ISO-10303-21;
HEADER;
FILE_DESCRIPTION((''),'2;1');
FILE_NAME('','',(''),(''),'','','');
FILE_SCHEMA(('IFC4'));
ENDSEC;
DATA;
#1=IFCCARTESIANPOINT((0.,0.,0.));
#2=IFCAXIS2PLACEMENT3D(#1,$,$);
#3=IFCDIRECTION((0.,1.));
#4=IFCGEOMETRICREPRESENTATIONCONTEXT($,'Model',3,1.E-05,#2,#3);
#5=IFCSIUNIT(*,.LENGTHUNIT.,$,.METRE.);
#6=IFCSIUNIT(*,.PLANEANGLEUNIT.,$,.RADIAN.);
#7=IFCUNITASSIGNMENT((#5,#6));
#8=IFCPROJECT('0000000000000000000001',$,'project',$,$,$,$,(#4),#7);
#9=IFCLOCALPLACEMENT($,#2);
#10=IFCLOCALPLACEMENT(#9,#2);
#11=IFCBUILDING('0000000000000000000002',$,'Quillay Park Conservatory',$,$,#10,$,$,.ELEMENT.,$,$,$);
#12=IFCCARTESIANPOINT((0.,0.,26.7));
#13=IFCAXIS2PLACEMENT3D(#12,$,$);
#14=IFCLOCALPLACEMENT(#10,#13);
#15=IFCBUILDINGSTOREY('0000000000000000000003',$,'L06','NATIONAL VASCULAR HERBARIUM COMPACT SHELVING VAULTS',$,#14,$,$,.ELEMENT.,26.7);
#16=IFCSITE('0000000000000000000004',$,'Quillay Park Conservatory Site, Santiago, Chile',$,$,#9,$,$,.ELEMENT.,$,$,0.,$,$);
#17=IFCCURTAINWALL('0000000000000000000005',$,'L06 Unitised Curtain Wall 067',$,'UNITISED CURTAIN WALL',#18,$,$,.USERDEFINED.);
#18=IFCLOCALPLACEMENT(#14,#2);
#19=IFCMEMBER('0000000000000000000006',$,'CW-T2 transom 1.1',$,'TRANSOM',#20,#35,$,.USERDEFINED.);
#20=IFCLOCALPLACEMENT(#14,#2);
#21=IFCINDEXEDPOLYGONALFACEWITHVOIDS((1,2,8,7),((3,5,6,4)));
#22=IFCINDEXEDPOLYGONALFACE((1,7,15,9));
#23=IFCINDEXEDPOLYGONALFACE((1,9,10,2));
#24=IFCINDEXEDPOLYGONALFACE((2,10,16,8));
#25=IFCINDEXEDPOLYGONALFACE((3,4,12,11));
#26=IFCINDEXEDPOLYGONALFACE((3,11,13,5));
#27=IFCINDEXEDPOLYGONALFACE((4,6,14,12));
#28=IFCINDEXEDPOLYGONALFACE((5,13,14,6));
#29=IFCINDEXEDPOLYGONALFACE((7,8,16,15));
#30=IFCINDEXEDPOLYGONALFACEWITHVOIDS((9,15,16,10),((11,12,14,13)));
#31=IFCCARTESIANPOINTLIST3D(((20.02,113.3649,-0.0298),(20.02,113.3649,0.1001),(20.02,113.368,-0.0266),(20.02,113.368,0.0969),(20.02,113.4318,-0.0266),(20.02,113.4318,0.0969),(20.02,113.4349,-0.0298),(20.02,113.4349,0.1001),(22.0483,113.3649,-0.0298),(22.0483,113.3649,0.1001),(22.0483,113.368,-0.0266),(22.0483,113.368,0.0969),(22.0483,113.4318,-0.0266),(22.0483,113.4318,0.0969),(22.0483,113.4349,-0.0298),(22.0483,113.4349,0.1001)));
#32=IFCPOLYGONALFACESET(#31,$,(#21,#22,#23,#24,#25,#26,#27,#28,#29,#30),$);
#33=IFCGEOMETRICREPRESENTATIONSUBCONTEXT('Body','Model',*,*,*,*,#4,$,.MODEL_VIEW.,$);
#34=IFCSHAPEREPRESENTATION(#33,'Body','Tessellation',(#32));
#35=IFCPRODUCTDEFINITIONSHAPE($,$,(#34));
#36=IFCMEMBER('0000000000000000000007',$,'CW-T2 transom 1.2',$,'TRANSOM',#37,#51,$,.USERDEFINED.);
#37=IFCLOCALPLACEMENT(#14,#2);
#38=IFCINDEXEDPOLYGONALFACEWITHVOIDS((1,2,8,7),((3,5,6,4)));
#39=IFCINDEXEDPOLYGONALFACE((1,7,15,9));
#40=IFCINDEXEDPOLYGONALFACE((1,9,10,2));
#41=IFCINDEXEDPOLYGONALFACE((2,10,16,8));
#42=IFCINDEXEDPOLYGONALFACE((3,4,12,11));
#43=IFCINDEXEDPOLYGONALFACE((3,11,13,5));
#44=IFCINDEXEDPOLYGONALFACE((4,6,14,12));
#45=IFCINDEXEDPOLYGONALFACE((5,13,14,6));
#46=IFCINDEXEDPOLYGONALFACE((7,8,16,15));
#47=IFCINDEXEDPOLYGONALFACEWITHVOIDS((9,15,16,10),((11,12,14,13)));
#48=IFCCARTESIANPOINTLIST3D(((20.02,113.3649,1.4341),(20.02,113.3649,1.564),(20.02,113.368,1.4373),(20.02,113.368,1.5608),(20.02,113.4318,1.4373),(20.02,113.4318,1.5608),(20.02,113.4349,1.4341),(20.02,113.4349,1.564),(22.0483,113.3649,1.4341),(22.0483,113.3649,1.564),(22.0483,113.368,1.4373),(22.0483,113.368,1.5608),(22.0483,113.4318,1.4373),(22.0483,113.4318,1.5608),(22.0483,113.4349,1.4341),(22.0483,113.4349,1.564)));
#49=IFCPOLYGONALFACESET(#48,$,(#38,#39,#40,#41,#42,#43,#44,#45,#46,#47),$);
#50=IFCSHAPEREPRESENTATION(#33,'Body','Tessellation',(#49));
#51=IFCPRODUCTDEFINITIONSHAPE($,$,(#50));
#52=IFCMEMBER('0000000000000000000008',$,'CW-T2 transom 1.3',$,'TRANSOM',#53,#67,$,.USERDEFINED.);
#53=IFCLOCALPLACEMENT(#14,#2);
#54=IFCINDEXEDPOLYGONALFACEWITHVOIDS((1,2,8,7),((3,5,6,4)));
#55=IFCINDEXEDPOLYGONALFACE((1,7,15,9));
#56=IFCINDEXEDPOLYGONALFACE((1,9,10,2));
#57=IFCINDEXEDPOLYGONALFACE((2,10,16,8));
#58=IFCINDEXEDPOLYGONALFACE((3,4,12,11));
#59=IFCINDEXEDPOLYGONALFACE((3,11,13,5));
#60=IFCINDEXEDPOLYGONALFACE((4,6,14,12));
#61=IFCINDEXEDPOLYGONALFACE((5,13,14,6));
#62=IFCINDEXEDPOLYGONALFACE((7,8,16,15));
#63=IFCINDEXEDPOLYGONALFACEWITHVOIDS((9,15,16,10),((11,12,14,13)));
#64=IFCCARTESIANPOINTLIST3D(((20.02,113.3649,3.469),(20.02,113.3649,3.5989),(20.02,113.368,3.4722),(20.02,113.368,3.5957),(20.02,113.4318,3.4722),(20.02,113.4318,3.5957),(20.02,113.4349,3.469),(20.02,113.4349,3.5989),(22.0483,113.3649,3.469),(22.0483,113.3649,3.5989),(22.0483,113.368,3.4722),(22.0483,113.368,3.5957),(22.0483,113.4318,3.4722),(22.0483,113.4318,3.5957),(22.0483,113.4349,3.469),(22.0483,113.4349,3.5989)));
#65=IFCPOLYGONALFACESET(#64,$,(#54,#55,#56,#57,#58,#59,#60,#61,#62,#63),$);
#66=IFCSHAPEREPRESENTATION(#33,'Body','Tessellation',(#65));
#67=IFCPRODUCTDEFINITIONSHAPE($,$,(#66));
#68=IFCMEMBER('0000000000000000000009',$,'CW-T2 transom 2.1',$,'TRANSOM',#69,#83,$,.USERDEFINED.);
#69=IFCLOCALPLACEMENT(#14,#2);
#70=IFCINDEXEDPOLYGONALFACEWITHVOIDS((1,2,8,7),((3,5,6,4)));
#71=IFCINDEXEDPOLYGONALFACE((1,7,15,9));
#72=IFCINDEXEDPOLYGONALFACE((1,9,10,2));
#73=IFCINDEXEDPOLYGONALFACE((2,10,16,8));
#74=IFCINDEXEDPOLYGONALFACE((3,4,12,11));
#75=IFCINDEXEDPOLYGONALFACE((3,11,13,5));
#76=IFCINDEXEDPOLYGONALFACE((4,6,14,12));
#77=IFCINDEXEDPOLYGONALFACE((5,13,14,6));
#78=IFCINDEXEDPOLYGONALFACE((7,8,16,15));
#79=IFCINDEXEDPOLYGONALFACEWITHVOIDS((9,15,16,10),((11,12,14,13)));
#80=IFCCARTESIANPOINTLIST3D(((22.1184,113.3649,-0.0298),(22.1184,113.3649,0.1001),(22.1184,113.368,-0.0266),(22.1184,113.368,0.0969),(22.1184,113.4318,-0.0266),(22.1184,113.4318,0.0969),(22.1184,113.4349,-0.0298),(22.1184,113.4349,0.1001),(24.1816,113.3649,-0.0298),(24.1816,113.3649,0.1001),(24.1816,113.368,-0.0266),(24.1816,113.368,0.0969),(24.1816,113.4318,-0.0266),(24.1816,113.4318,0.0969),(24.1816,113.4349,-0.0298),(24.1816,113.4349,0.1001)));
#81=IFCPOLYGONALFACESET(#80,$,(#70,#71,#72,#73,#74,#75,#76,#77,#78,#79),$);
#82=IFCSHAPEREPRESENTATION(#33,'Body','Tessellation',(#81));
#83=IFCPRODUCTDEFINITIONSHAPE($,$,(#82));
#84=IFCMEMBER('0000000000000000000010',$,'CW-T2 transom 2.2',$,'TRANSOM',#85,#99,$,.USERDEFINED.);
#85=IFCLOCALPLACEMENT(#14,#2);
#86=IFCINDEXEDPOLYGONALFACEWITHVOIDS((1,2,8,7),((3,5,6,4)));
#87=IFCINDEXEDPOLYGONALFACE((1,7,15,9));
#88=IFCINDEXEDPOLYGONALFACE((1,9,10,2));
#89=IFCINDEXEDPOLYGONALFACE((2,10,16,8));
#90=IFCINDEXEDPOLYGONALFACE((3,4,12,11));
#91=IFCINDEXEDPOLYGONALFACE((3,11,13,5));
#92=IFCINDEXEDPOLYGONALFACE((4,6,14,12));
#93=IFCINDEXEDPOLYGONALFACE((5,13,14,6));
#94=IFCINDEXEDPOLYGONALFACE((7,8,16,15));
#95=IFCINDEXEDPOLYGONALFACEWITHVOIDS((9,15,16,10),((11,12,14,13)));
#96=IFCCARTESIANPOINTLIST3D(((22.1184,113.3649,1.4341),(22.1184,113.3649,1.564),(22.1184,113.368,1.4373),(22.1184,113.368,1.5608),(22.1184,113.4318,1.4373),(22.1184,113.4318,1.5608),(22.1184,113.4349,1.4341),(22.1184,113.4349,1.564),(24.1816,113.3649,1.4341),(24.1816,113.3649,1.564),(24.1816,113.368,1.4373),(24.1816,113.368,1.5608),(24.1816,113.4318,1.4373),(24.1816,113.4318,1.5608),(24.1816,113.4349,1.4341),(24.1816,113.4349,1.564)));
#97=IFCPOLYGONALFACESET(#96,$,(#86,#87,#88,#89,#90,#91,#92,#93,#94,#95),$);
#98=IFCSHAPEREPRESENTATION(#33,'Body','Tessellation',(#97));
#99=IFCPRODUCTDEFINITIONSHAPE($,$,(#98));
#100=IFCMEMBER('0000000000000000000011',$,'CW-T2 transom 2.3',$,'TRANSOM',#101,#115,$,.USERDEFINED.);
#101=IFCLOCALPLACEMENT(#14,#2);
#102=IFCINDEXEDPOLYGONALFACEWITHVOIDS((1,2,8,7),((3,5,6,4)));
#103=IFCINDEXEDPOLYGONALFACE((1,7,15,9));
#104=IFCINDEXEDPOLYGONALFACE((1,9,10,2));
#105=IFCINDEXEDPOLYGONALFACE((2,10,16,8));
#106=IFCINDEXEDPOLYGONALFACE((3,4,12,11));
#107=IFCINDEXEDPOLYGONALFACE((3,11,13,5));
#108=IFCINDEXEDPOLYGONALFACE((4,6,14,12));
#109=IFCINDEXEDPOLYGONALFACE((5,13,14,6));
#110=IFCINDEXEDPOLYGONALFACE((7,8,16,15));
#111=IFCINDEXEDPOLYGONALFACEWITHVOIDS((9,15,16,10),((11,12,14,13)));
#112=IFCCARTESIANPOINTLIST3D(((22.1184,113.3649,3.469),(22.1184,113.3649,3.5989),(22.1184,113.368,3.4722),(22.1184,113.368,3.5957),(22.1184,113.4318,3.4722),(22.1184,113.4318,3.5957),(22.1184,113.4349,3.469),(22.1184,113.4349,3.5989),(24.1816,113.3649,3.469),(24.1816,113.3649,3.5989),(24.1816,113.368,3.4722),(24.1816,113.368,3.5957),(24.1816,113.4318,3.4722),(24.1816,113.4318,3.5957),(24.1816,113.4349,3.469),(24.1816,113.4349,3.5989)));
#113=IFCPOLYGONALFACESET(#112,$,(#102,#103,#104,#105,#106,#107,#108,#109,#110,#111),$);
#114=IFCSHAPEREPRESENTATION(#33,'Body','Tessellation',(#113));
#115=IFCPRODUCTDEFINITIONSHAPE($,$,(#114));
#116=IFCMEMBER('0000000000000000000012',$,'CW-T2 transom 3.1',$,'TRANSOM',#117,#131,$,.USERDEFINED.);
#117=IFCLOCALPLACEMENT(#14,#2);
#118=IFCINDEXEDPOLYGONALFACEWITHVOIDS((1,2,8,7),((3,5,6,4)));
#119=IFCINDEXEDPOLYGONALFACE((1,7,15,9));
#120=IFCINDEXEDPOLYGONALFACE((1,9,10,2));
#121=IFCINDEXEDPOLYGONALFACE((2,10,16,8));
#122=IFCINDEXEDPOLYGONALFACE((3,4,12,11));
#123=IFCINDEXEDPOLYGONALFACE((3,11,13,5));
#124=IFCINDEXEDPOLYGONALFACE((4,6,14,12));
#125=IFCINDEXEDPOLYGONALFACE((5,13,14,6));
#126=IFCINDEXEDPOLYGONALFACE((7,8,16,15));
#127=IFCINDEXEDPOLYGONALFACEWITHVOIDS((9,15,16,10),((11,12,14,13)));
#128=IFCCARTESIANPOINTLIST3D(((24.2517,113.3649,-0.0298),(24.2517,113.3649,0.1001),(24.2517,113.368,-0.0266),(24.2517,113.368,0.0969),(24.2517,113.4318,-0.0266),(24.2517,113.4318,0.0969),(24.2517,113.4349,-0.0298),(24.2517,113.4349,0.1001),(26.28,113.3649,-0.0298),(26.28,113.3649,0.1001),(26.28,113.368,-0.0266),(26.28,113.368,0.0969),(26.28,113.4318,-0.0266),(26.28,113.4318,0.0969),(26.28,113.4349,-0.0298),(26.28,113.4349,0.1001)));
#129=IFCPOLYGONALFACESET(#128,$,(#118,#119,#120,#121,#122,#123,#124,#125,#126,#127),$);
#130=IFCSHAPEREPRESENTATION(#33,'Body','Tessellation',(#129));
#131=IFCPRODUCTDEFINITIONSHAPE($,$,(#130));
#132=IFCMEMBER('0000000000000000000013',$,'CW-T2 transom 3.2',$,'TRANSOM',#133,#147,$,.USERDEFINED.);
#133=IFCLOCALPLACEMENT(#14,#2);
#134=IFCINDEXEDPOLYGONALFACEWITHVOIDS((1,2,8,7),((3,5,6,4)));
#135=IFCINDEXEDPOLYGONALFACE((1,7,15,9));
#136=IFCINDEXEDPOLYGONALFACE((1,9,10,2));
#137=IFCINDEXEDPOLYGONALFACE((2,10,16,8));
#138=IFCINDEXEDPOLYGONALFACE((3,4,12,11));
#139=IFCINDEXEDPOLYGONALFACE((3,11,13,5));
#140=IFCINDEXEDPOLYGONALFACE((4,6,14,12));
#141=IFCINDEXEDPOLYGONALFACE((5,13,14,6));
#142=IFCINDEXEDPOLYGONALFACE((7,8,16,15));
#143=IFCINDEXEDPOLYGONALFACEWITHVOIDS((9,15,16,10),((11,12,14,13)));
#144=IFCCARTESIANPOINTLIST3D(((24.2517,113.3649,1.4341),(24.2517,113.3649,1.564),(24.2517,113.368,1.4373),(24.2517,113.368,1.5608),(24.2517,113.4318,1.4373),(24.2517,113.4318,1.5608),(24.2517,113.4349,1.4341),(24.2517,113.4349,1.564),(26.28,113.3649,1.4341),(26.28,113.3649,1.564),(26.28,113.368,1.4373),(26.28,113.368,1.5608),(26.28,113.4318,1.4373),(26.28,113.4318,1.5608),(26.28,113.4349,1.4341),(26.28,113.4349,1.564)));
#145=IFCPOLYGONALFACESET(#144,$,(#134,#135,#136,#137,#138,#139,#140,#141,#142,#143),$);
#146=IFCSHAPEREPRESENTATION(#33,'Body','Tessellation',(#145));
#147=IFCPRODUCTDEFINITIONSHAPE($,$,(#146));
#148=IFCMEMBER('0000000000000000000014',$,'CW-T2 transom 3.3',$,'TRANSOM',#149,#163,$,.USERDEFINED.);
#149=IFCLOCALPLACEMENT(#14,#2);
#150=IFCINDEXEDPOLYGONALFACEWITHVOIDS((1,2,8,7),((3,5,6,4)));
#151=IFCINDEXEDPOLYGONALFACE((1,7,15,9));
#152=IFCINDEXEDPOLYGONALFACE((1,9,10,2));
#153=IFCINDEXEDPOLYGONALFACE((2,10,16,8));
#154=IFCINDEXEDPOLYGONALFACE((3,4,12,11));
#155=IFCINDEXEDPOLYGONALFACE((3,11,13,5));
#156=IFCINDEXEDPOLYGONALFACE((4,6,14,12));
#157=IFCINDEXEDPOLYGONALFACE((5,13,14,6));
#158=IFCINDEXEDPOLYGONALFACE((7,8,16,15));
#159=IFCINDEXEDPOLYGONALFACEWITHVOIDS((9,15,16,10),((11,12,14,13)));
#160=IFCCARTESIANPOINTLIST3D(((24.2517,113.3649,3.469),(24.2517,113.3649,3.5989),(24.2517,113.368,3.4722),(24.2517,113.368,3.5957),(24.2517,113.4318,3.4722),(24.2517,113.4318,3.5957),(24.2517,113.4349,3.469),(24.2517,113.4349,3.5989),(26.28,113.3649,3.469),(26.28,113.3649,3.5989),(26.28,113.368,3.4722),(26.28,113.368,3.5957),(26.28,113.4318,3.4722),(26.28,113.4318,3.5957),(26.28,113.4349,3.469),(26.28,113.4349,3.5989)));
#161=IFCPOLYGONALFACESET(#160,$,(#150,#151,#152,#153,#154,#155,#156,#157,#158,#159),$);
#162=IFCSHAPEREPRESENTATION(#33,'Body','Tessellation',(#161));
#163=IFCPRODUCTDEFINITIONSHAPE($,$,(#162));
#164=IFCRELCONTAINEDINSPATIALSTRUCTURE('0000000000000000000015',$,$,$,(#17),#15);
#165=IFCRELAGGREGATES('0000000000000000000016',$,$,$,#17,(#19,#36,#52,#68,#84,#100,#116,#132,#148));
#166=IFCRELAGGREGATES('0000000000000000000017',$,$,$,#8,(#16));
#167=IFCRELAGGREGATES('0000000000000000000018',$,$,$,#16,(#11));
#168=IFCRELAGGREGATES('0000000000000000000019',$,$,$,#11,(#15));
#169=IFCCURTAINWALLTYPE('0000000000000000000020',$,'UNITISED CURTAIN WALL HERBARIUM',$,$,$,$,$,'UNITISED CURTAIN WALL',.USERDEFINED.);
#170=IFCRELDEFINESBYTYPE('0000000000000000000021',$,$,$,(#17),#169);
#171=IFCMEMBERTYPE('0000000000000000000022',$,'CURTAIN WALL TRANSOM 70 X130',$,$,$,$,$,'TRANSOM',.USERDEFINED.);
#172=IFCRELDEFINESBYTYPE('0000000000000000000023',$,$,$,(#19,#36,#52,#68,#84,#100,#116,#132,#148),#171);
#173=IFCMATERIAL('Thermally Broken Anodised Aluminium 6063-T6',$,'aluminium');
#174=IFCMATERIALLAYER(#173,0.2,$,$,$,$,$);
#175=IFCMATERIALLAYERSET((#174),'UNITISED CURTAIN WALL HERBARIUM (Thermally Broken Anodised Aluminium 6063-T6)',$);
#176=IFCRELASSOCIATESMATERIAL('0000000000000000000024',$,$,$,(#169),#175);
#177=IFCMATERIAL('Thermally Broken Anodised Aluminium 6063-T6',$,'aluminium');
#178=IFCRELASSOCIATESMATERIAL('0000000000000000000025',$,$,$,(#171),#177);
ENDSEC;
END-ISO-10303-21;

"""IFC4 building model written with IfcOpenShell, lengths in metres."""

from ifc_helpers import new_model, si_unit, direction, frame, origin, origin_2d, place, context, subcontext, project, spatial, hollow_rectangle, extrude, material, layer, layer_set, material_profile, profile_set, type_object, element, aggregate, save


model = new_model("IFC4")

# Units and contexts
model_context = context("Model", 3, precision=1e-05, world=origin(), true_north=direction((0.0, 1.0)))
body_context = subcontext(model_context, "Body", "Model", "MODEL_VIEW")
ifc_project = project(units=[si_unit("LENGTHUNIT", "METRE"), si_unit("PLANEANGLEUNIT", "RADIAN")], contexts=[model_context])

# Site, building, storey
site_placement = place(None, origin())
site = spatial("IfcSite", under=ifc_project, at=site_placement, Name="Quillay Park Conservatory Site, Santiago, Chile", CompositionType="ELEMENT", RefElevation=0.0)
building_placement = place(site_placement, origin())
building = spatial("IfcBuilding", under=site, at=building_placement, Name="Quillay Park Conservatory", CompositionType="ELEMENT")
storey_placement = place(building_placement, frame((0.0, 0.0, 26.7)))
storey = spatial("IfcBuildingStorey", under=building, at=storey_placement, Name="L06", Description="NATIONAL VASCULAR HERBARIUM COMPACT SHELVING VAULTS", CompositionType="ELEMENT", Elevation=26.7)

# Shared definitions
ifc_material_1 = material(Name="Thermally Broken Anodised Aluminium 6063-T6", Category="aluminium")
ifc_layer_1 = layer(ifc_material_1, 0.2)
ifc_layer_set_1 = layer_set([ifc_layer_1], Name="UNITISED CURTAIN WALL HERBARIUM (Thermally Broken Anodised Aluminium 6063-T6)")
curtain_wall_type = type_object("IfcCurtainWallType", Name="UNITISED CURTAIN WALL HERBARIUM", ElementType="UNITISED CURTAIN WALL", PredefinedType="USERDEFINED", material=ifc_layer_set_1)

# Curtain wall, members
curtain_wall_1_placement = place(storey_placement, origin())
curtain_wall_1 = element("IfcCurtainWall", 1, at=curtain_wall_1_placement, inside=storey, type_object=curtain_wall_type, Name="L06 Unitised Curtain Wall 067", ObjectType="UNITISED CURTAIN WALL", PredefinedType="USERDEFINED")
ifc_material_2 = material(Name="Thermally Broken Anodised Aluminium 6063-T6", Category="aluminium")
ifc_material_profile_1 = material_profile(ifc_material_2, hollow_rectangle(XDim=0.0701, YDim=0.1299, WallThickness=0.0032, at=origin_2d()), Name="AL70x130x3.2")
ifc_profile_set_1 = profile_set([ifc_material_profile_1], Name="Thermally Broken Anodised Aluminium 6063-T6")
member_type_1 = type_object("IfcMemberType", Name="CURTAIN WALL TRANSOM 70 X130", ElementType="TRANSOM", PredefinedType="USERDEFINED", material=ifc_profile_set_1)
member_1_placement = place(storey_placement, frame((20.02, 113.3999, 0.0352), z_axis=(1.0, 0.0, 0.0), x_axis=(0.0, 1.0, 0.0)))
member_1 = element("IfcMember", 2, at=member_1_placement, type_object=member_type_1, Name="CW-T2 transom 1.1", ObjectType="TRANSOM", PredefinedType="USERDEFINED", context=body_context, shape_type="SweptSolid", body=[
    extrude(hollow_rectangle(XDim=0.0701, YDim=0.1299, WallThickness=0.0032, at=origin_2d()), origin(), (0.0, 0.0, 1.0), 2.0283),
])
member_2_placement = place(storey_placement, frame((20.02, 113.3999, 1.499), z_axis=(1.0, 0.0, 0.0), x_axis=(0.0, 1.0, 0.0)))
member_2 = element("IfcMember", 3, at=member_2_placement, type_object=member_type_1, Name="CW-T2 transom 1.2", ObjectType="TRANSOM", PredefinedType="USERDEFINED", context=body_context, shape_type="SweptSolid", body=[
    extrude(hollow_rectangle(XDim=0.0701, YDim=0.1299, WallThickness=0.0032, at=origin_2d()), origin(), (0.0, 0.0, 1.0), 2.0283),
])
member_3_placement = place(storey_placement, frame((20.02, 113.3999, 3.5339), z_axis=(1.0, 0.0, 0.0), x_axis=(0.0, 1.0, 0.0)))
member_3 = element("IfcMember", 4, at=member_3_placement, type_object=member_type_1, Name="CW-T2 transom 1.3", ObjectType="TRANSOM", PredefinedType="USERDEFINED", context=body_context, shape_type="SweptSolid", body=[
    extrude(hollow_rectangle(XDim=0.0701, YDim=0.1299, WallThickness=0.0032, at=origin_2d()), origin(), (0.0, 0.0, 1.0), 2.0283),
])
member_4_placement = place(storey_placement, frame((22.1184, 113.3999, 0.0352), z_axis=(1.0, 0.0, 0.0), x_axis=(0.0, 1.0, 0.0)))
member_4 = element("IfcMember", 5, at=member_4_placement, type_object=member_type_1, Name="CW-T2 transom 2.1", ObjectType="TRANSOM", PredefinedType="USERDEFINED", context=body_context, shape_type="SweptSolid", body=[
    extrude(hollow_rectangle(XDim=0.0701, YDim=0.1299, WallThickness=0.0032, at=origin_2d()), origin(), (0.0, 0.0, 1.0), 2.0632),
])
member_5_placement = place(storey_placement, frame((22.1184, 113.3999, 1.499), z_axis=(1.0, 0.0, 0.0), x_axis=(0.0, 1.0, 0.0)))
member_5 = element("IfcMember", 6, at=member_5_placement, type_object=member_type_1, Name="CW-T2 transom 2.2", ObjectType="TRANSOM", PredefinedType="USERDEFINED", context=body_context, shape_type="SweptSolid", body=[
    extrude(hollow_rectangle(XDim=0.0701, YDim=0.1299, WallThickness=0.0032, at=origin_2d()), origin(), (0.0, 0.0, 1.0), 2.0632),
])
member_6_placement = place(storey_placement, frame((22.1184, 113.3999, 3.5339), z_axis=(1.0, 0.0, 0.0), x_axis=(0.0, 1.0, 0.0)))
member_6 = element("IfcMember", 7, at=member_6_placement, type_object=member_type_1, Name="CW-T2 transom 2.3", ObjectType="TRANSOM", PredefinedType="USERDEFINED", context=body_context, shape_type="SweptSolid", body=[
    extrude(hollow_rectangle(XDim=0.0701, YDim=0.1299, WallThickness=0.0032, at=origin_2d()), origin(), (0.0, 0.0, 1.0), 2.0632),
])
member_7_placement = place(storey_placement, frame((24.2517, 113.3999, 0.0352), z_axis=(1.0, 0.0, 0.0), x_axis=(0.0, 1.0, 0.0)))
member_7 = element("IfcMember", 8, at=member_7_placement, type_object=member_type_1, Name="CW-T2 transom 3.1", ObjectType="TRANSOM", PredefinedType="USERDEFINED", context=body_context, shape_type="SweptSolid", body=[
    extrude(hollow_rectangle(XDim=0.0701, YDim=0.1299, WallThickness=0.0032, at=origin_2d()), origin(), (0.0, 0.0, 1.0), 2.0283),
])
member_8_placement = place(storey_placement, frame((24.2517, 113.3999, 1.499), z_axis=(1.0, 0.0, 0.0), x_axis=(0.0, 1.0, 0.0)))
member_8 = element("IfcMember", 9, at=member_8_placement, type_object=member_type_1, Name="CW-T2 transom 3.2", ObjectType="TRANSOM", PredefinedType="USERDEFINED", context=body_context, shape_type="SweptSolid", body=[
    extrude(hollow_rectangle(XDim=0.0701, YDim=0.1299, WallThickness=0.0032, at=origin_2d()), origin(), (0.0, 0.0, 1.0), 2.0283),
])
member_9_placement = place(storey_placement, frame((24.2517, 113.3999, 3.5339), z_axis=(1.0, 0.0, 0.0), x_axis=(0.0, 1.0, 0.0)))
member_9 = element("IfcMember", 10, at=member_9_placement, type_object=member_type_1, Name="CW-T2 transom 3.3", ObjectType="TRANSOM", PredefinedType="USERDEFINED", context=body_context, shape_type="SweptSolid", body=[
    extrude(hollow_rectangle(XDim=0.0701, YDim=0.1299, WallThickness=0.0032, at=origin_2d()), origin(), (0.0, 0.0, 1.0), 2.0283),
])

aggregate(curtain_wall_1, [member_1, member_2, member_3, member_4, member_5, member_6, member_7, member_8, member_9])

save(model, "model.ifc")
